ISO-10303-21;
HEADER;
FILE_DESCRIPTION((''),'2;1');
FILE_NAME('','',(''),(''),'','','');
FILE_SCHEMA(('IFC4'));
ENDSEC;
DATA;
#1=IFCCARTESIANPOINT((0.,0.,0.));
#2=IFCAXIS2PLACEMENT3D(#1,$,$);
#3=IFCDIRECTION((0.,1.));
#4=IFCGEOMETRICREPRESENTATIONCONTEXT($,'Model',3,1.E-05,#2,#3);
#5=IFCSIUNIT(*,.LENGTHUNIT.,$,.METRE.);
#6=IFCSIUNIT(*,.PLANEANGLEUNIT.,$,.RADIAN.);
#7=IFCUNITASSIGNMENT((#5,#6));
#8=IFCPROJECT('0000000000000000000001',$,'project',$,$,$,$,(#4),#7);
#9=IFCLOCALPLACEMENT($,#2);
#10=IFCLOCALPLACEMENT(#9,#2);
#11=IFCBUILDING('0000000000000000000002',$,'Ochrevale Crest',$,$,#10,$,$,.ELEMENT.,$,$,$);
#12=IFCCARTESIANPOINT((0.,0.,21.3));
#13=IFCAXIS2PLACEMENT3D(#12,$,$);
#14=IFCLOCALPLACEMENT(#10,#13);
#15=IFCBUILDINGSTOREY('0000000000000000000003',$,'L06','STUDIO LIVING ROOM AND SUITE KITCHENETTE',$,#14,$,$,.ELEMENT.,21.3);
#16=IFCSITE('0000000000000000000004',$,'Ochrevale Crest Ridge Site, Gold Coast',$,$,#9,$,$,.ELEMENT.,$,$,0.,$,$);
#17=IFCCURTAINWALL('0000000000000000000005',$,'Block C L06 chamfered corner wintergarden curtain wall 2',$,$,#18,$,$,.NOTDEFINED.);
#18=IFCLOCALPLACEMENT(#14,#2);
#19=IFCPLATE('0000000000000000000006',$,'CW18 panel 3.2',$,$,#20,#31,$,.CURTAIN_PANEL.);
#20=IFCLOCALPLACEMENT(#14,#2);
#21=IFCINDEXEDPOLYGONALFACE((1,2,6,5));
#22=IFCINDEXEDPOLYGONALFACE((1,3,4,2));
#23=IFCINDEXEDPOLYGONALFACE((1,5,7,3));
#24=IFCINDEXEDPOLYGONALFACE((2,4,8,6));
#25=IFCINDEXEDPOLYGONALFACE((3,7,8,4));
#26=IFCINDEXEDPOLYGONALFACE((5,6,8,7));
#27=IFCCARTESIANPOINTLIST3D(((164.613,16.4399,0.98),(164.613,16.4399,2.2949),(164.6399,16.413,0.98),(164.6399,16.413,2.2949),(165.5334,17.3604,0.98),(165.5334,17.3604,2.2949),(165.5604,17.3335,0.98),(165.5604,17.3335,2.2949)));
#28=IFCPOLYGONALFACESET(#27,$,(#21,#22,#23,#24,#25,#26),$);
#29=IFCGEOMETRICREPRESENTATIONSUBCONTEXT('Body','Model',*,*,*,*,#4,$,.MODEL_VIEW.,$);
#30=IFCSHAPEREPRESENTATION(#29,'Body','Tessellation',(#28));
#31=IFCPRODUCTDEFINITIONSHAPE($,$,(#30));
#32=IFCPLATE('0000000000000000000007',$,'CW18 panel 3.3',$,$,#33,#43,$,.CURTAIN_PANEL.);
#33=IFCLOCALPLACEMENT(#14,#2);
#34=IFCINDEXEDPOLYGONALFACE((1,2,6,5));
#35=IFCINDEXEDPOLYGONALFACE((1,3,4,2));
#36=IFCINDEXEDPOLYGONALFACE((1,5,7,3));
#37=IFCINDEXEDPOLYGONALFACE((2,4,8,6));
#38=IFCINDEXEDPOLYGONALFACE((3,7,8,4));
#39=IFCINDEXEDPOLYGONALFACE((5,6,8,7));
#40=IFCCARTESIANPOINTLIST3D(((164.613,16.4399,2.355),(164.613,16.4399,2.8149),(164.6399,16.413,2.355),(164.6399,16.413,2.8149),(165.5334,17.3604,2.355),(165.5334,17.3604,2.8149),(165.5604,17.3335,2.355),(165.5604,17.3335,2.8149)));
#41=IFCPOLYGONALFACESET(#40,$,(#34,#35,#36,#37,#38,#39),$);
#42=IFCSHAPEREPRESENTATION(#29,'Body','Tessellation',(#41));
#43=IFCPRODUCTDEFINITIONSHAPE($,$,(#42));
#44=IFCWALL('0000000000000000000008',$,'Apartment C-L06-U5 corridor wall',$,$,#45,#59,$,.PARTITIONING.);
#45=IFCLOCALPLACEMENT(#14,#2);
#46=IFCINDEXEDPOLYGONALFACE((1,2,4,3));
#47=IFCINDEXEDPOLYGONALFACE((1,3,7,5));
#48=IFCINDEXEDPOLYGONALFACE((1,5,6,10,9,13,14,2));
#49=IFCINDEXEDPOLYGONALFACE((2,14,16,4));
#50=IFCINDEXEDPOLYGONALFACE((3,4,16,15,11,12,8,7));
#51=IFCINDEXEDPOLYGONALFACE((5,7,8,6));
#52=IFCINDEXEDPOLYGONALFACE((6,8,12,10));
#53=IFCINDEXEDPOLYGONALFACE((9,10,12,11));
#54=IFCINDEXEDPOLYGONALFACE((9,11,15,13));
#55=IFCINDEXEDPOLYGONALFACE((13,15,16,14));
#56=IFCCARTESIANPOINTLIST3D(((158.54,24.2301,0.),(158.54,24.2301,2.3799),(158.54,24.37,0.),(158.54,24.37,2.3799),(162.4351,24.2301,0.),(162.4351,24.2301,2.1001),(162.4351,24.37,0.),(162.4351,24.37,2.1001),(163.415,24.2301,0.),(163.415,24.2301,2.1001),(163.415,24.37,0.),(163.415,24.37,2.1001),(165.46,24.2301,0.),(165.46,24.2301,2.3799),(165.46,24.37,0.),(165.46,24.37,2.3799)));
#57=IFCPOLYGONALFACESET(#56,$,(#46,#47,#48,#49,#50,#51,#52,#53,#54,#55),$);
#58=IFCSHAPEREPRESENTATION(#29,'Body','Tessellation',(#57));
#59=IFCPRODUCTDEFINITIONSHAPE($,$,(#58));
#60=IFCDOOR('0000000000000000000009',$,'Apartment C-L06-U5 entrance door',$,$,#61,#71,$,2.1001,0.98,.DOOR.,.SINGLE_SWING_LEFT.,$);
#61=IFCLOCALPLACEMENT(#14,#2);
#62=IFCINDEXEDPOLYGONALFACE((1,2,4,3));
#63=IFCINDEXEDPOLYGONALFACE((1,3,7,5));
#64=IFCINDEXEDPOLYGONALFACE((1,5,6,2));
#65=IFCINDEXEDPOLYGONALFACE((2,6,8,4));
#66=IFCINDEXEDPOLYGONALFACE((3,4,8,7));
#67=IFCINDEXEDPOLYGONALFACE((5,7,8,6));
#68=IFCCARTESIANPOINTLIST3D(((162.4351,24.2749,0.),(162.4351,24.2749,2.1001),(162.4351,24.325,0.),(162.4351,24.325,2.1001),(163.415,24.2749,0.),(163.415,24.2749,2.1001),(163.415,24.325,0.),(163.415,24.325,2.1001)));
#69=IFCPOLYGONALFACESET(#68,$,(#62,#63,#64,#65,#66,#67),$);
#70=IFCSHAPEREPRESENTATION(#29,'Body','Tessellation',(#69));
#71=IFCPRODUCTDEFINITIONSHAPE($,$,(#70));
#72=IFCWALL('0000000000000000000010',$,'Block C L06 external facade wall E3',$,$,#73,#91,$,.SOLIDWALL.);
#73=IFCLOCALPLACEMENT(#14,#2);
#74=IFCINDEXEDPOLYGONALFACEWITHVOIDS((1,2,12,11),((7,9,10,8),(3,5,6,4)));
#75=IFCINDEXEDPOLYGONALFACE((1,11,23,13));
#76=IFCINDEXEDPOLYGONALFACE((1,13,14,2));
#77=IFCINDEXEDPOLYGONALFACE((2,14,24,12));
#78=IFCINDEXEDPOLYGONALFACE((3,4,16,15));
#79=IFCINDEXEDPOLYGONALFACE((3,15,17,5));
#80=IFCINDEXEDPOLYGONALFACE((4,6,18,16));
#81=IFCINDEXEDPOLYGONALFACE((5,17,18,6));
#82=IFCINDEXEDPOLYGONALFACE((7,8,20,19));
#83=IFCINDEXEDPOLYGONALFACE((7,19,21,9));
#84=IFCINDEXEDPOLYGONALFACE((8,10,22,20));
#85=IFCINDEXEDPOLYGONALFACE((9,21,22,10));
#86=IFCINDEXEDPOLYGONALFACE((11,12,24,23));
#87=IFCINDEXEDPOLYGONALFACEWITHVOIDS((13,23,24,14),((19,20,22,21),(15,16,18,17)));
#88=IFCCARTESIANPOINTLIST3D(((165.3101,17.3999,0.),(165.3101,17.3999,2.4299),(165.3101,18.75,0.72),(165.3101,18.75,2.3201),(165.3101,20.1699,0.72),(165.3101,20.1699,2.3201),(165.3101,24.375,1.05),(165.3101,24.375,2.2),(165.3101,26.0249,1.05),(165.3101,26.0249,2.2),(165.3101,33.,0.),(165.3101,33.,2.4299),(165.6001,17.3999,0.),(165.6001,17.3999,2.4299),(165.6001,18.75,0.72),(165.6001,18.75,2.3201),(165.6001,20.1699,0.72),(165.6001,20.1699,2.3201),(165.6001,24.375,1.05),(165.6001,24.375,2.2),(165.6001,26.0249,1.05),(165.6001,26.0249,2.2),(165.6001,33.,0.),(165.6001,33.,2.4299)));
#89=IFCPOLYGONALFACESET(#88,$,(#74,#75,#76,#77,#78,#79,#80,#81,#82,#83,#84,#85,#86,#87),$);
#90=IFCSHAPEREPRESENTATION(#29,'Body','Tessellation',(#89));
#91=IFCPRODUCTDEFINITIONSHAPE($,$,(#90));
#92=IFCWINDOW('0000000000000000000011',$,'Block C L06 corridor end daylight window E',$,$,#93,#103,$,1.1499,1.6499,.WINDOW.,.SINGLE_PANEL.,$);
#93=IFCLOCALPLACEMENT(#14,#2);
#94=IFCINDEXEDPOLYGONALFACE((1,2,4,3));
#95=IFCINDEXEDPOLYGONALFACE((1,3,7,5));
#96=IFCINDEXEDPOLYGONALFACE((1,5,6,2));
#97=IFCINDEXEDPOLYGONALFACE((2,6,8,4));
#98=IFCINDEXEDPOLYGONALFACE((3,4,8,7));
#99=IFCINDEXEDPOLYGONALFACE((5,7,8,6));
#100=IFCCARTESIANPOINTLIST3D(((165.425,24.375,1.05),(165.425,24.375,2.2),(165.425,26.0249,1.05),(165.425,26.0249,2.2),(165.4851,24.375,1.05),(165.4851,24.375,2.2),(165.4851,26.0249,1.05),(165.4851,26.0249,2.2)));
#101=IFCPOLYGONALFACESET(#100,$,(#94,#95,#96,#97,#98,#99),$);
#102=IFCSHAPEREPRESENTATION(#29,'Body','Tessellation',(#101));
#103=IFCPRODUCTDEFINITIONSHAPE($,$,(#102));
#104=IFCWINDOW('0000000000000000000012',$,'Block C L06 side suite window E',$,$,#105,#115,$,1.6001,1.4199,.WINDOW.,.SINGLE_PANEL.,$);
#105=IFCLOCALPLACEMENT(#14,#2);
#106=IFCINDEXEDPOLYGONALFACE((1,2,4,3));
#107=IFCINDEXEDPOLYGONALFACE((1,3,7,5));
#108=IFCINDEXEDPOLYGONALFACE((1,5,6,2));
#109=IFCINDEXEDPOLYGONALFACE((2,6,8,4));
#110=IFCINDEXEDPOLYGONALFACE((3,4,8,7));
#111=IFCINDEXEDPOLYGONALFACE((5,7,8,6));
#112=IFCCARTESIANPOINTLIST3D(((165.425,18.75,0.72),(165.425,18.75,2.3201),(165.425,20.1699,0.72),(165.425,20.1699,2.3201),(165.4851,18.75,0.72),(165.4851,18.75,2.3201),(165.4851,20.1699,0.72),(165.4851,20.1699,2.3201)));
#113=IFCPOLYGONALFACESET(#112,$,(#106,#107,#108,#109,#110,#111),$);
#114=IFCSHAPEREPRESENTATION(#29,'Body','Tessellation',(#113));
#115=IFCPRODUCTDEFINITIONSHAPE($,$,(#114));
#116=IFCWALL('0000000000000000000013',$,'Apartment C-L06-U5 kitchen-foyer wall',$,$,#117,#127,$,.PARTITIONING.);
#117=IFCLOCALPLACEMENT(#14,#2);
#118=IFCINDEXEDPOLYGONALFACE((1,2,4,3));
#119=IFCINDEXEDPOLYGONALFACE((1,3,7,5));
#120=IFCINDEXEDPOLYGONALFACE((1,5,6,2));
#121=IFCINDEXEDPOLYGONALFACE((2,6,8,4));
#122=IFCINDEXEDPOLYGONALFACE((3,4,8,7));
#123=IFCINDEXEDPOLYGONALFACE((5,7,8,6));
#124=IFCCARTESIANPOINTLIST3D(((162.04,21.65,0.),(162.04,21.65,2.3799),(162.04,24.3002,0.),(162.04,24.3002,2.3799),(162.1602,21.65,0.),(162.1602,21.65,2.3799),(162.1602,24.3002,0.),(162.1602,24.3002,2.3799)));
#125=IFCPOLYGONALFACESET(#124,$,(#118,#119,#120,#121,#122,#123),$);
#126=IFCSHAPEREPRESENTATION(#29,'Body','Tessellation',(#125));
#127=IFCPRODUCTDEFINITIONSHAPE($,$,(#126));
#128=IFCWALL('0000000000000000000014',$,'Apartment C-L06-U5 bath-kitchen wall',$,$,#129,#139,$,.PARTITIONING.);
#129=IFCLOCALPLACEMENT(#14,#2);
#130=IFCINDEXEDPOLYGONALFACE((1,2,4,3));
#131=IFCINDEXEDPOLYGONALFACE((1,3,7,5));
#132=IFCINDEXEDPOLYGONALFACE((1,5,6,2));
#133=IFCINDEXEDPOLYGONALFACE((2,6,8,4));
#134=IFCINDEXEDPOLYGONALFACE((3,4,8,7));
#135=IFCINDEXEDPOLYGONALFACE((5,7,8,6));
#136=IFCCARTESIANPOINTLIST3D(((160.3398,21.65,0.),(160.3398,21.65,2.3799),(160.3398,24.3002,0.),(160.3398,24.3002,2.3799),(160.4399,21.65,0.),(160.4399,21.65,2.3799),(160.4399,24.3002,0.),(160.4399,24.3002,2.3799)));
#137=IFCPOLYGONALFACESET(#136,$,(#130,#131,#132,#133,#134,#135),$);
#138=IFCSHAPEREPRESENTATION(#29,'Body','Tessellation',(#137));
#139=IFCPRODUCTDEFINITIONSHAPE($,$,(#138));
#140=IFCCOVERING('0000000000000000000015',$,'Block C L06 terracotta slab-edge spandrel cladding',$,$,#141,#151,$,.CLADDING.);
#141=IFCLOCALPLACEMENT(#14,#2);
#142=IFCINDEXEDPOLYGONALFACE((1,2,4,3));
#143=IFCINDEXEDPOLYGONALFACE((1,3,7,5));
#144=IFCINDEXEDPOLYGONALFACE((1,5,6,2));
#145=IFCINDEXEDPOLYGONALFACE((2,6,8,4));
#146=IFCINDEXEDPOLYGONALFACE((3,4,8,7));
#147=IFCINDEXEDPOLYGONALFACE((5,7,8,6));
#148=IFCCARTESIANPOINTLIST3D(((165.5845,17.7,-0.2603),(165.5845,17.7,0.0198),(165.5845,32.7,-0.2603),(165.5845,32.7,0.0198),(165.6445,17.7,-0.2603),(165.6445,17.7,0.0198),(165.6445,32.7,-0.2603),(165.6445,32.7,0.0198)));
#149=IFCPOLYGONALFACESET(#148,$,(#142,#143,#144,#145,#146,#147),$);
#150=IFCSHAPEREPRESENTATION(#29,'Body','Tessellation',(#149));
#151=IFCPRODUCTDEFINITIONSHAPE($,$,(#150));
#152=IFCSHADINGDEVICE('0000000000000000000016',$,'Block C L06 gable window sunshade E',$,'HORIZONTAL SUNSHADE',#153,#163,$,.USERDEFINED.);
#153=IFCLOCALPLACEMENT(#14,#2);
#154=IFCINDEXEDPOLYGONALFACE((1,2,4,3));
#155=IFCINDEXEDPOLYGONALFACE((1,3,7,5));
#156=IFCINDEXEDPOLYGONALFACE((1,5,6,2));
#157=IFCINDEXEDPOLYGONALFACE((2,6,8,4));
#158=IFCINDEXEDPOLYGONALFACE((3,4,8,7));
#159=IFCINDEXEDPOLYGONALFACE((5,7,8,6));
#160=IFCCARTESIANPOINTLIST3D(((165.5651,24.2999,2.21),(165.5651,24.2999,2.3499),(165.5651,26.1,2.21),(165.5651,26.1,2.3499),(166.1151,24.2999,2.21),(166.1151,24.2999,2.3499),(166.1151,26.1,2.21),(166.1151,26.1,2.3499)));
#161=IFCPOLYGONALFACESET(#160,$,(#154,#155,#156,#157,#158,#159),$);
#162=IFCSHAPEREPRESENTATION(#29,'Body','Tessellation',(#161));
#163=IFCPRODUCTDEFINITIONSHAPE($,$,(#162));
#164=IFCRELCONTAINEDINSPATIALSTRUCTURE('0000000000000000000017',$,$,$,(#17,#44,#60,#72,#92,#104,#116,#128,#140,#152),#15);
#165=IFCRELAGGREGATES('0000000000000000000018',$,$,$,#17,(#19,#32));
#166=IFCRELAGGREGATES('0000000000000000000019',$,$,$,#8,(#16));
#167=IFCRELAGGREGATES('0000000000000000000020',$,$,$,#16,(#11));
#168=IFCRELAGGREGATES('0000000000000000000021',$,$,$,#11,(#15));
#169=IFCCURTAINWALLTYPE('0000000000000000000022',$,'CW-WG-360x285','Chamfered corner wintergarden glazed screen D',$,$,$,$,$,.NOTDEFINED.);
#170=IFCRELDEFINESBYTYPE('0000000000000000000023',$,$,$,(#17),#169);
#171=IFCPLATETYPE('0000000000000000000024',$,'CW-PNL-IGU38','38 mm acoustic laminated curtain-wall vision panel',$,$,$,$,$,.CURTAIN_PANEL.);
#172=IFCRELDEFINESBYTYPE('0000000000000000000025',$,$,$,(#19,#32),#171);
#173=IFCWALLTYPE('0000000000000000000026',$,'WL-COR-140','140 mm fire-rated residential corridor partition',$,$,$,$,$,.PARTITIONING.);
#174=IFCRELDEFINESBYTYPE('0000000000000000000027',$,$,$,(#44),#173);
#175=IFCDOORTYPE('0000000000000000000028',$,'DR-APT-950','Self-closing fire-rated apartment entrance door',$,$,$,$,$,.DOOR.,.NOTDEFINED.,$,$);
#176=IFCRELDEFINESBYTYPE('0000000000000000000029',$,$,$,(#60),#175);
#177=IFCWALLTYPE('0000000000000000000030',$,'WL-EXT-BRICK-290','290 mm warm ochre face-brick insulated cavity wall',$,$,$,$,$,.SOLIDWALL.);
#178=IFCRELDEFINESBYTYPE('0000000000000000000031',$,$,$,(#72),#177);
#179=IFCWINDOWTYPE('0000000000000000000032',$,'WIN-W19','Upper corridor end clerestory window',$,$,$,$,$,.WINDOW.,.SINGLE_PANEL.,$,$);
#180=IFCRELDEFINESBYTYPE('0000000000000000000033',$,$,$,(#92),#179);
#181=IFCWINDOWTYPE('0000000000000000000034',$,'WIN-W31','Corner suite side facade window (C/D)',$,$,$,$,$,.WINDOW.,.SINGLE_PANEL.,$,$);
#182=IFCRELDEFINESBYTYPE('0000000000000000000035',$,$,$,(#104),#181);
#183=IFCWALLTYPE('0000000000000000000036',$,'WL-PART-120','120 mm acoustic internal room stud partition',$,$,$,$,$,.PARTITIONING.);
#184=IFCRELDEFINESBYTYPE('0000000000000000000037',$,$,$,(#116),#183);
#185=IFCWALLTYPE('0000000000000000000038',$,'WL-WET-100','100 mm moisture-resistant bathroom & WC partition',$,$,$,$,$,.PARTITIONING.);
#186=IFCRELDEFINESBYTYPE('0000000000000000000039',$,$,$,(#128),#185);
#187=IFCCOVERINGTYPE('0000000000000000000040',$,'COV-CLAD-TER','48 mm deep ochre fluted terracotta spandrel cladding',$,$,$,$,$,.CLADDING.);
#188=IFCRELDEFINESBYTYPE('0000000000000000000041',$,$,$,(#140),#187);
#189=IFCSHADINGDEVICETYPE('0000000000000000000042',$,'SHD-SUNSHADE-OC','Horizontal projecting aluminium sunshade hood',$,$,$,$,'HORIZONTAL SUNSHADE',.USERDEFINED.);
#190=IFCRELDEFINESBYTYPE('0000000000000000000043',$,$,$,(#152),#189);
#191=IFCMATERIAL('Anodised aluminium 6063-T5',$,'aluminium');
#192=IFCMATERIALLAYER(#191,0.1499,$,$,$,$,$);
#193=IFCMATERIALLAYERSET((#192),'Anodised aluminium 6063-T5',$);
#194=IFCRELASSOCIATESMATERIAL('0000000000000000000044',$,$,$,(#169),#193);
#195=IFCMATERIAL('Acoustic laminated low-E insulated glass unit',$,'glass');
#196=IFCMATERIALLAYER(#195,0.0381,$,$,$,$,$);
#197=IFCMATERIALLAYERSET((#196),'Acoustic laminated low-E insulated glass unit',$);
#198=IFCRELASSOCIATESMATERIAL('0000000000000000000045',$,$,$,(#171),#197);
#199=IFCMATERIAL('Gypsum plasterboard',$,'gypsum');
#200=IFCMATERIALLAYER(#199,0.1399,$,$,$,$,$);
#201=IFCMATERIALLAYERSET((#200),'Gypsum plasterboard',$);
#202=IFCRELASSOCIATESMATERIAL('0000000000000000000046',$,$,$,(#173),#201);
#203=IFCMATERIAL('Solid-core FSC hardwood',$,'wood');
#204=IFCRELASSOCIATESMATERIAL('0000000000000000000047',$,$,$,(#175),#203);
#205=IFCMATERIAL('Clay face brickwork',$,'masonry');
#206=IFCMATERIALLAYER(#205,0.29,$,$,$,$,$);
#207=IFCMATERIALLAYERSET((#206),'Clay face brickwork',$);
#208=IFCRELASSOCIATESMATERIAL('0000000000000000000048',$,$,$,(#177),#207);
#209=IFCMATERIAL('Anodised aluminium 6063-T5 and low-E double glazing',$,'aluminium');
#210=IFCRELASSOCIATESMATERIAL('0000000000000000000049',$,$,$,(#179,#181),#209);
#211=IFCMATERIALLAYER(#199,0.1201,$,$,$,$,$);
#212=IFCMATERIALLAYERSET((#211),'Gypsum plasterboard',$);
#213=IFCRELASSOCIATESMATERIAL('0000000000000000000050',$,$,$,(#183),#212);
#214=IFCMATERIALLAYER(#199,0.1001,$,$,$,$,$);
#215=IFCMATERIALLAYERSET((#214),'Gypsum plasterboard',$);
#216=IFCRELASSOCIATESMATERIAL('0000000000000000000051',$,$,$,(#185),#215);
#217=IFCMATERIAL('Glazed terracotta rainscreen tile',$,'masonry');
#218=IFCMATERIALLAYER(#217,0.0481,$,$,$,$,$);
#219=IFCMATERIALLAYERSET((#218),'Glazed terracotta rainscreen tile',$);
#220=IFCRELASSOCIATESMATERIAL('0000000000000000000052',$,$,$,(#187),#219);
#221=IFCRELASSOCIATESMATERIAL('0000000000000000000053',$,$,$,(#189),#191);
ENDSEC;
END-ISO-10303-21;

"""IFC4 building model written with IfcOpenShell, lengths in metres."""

from ifc_helpers import new_model, si_unit, direction, frame, frame_2d, origin, origin_2d, place, context, subcontext, project, spatial, rectangle, extrude, material, layer, layer_set, type_object, element, fill, aggregate, save


model = new_model("IFC4")

# Units and contexts
model_context = context("Model", 3, precision=1e-05, world=origin(), true_north=direction((0.0, 1.0)))
body_context = subcontext(model_context, "Body", "Model", "MODEL_VIEW")
ifc_project = project(units=[si_unit("LENGTHUNIT", "METRE"), si_unit("PLANEANGLEUNIT", "RADIAN")], contexts=[model_context])

# Site, building, storey
site_placement = place(None, origin())
site = spatial("IfcSite", under=ifc_project, at=site_placement, Name="Ochrevale Crest Ridge Site, Gold Coast", CompositionType="ELEMENT", RefElevation=0.0)
building_placement = place(site_placement, origin())
building = spatial("IfcBuilding", under=site, at=building_placement, Name="Ochrevale Crest", CompositionType="ELEMENT")
storey_placement = place(building_placement, frame((0.0, 0.0, 21.3)))
storey = spatial("IfcBuildingStorey", under=building, at=storey_placement, Name="L06", Description="STUDIO LIVING ROOM AND SUITE KITCHENETTE", CompositionType="ELEMENT", Elevation=21.3)

# Curtain wall, plates
ifc_material_1 = material(Name="Anodised aluminium 6063-T5", Category="aluminium")
ifc_layer_1 = layer(ifc_material_1, 0.1499)
ifc_layer_set_1 = layer_set([ifc_layer_1], Name="Anodised aluminium 6063-T5")
curtain_wall_type = type_object("IfcCurtainWallType", Name="CW-WG-360x285", Description="Chamfered corner wintergarden glazed screen D", PredefinedType="NOTDEFINED", material=ifc_layer_set_1)
curtain_wall_placement = place(storey_placement, origin())
curtain_wall = element("IfcCurtainWall", 1, at=curtain_wall_placement, inside=storey, type_object=curtain_wall_type, Name="Block C L06 chamfered corner wintergarden curtain wall 2", PredefinedType="NOTDEFINED")
ifc_material_2 = material(Name="Acoustic laminated low-E insulated glass unit", Category="glass")
ifc_layer_2 = layer(ifc_material_2, 0.0381)
ifc_layer_set_2 = layer_set([ifc_layer_2], Name="Acoustic laminated low-E insulated glass unit")
plate_type = type_object("IfcPlateType", Name="CW-PNL-IGU38", Description="38 mm acoustic laminated curtain-wall vision panel", PredefinedType="CURTAIN_PANEL", material=ifc_layer_set_2)
plate_1_placement = place(storey_placement, frame((165.0867, 16.8867, 0.98), z_axis=(0.0, 0.0, 1.0), x_axis=(0.707107, 0.707107, 0.0)))
plate_1 = element("IfcPlate", 2, at=plate_1_placement, type_object=plate_type, Name="CW18 panel 3.2", PredefinedType="CURTAIN_PANEL", context=body_context, shape_type="SweptSolid", body=[
    extrude(rectangle(XDim=1.3018, YDim=0.0381, at=origin_2d()), origin(), (0.0, 0.0, 1.0), 1.3149),
])
plate_2_placement = place(storey_placement, frame((165.0867, 16.8867, 2.355), z_axis=(0.0, 0.0, 1.0), x_axis=(0.707107, 0.707107, 0.0)))
plate_2 = element("IfcPlate", 3, at=plate_2_placement, type_object=plate_type, Name="CW18 panel 3.3", PredefinedType="CURTAIN_PANEL", context=body_context, shape_type="SweptSolid", body=[
    extrude(rectangle(XDim=1.3018, YDim=0.0381, at=origin_2d()), origin(), (0.0, 0.0, 1.0), 0.46),
])
aggregate(curtain_wall, [plate_1, plate_2])

# Wall, opening, door
ifc_material_3 = material(Name="Gypsum plasterboard", Category="gypsum")
ifc_layer_3 = layer(ifc_material_3, 0.1399)
ifc_layer_set_3 = layer_set([ifc_layer_3], Name="Gypsum plasterboard")
wall_type_1 = type_object("IfcWallType", Name="WL-COR-140", Description="140 mm fire-rated residential corridor partition", PredefinedType="PARTITIONING", material=ifc_layer_set_3)
wall_1_placement = place(storey_placement, frame((158.54, 24.3, 0.0), z_axis=(0.0, 0.0, 1.0), x_axis=(1.0, 0.0, 0.0)))
wall_1 = element("IfcWall", 4, at=wall_1_placement, inside=storey, type_object=wall_type_1, Name="Apartment C-L06-U5 corridor wall", PredefinedType="PARTITIONING", context=body_context, shape_type="SweptSolid", body=[
    extrude(rectangle(XDim=6.9199, YDim=0.1399, at=frame_2d((3.46, 0.0))), origin(), (0.0, 0.0, 1.0), 2.3799),
])
opening_1_placement = place(wall_1_placement, frame((3.895, 0.0, 0.0)))
opening_1 = element("IfcOpeningElement", 5, at=opening_1_placement, cuts=wall_1, PredefinedType="OPENING", context=body_context, shape_type="SweptSolid", body=[
    extrude(rectangle(XDim=0.98, YDim=2.1001, at=frame_2d((0.49, 1.05))), frame((0.0, 0.0801, 0.0), z_axis=(0.0, -1.0, 0.0), x_axis=(1.0, 0.0, 0.0)), (0.0, 0.0, 1.0), 0.1599),
])
ifc_material_4 = material(Name="Solid-core FSC hardwood", Category="wood")
door_type = type_object("IfcDoorType", Name="DR-APT-950", Description="Self-closing fire-rated apartment entrance door", OperationType="NOTDEFINED", PredefinedType="DOOR", material=ifc_material_4)
door_placement = place(opening_1_placement, origin())
door = element("IfcDoor", 6, at=door_placement, inside=storey, type_object=door_type, Name="Apartment C-L06-U5 entrance door", OperationType="SINGLE_SWING_LEFT", OverallHeight=2.1001, OverallWidth=0.98, PredefinedType="DOOR", context=body_context, shape_type="SweptSolid", body=[
    extrude(rectangle(XDim=0.98, YDim=2.1001, at=frame_2d((0.49, 1.05))), frame((0.0, 0.0249, 0.0), z_axis=(0.0, -1.0, 0.0), x_axis=(1.0, 0.0, 0.0)), (0.0, 0.0, 1.0), 0.05),
])
fill(opening_1, door)

# Wall, openings, windows
ifc_material_5 = material(Name="Clay face brickwork", Category="masonry")
ifc_layer_4 = layer(ifc_material_5, 0.29)
ifc_layer_set_4 = layer_set([ifc_layer_4], Name="Clay face brickwork")
wall_type_2 = type_object("IfcWallType", Name="WL-EXT-BRICK-290", Description="290 mm warm ochre face-brick insulated cavity wall", PredefinedType="SOLIDWALL", material=ifc_layer_set_4)
wall_2_placement = place(storey_placement, frame((165.4551, 17.3999, 0.0), z_axis=(0.0, 0.0, 1.0), x_axis=(0.0, 1.0, 0.0)))
wall_2 = element("IfcWall", 7, at=wall_2_placement, inside=storey, type_object=wall_type_2, Name="Block C L06 external facade wall E3", PredefinedType="SOLIDWALL", context=body_context, shape_type="SweptSolid", body=[
    extrude(rectangle(XDim=15.6001, YDim=0.29, at=frame_2d((7.8, 0.0))), origin(), (0.0, 0.0, 1.0), 2.4299),
])
opening_2_placement = place(wall_2_placement, frame((6.9751, 0.0, 1.05)))
opening_2 = element("IfcOpeningElement", 8, at=opening_2_placement, cuts=wall_2, PredefinedType="OPENING", context=body_context, shape_type="SweptSolid", body=[
    extrude(rectangle(XDim=1.6499, YDim=1.1499, at=frame_2d((0.825, 0.575))), frame((0.0, 0.155, 0.0), z_axis=(0.0, -1.0, 0.0), x_axis=(1.0, 0.0, 0.0)), (0.0, 0.0, 1.0), 0.3101),
])
opening_3_placement = place(wall_2_placement, frame((1.3501, 0.0, 0.72)))
opening_3 = element("IfcOpeningElement", 9, at=opening_3_placement, cuts=wall_2, PredefinedType="OPENING", context=body_context, shape_type="SweptSolid", body=[
    extrude(rectangle(XDim=1.4199, YDim=1.6001, at=frame_2d((0.71, 0.8))), frame((0.0, 0.155, 0.0), z_axis=(0.0, -1.0, 0.0), x_axis=(1.0, 0.0, 0.0)), (0.0, 0.0, 1.0), 0.3101),
])
ifc_material_6 = material(Name="Anodised aluminium 6063-T5 and low-E double glazing", Category="aluminium")
window_type_1 = type_object("IfcWindowType", Name="WIN-W19", Description="Upper corridor end clerestory window", PartitioningType="SINGLE_PANEL", PredefinedType="WINDOW", material=ifc_material_6)
window_1_placement = place(opening_2_placement, origin())
window_1 = element("IfcWindow", 10, at=window_1_placement, inside=storey, type_object=window_type_1, Name="Block C L06 corridor end daylight window E", OverallHeight=1.1499, OverallWidth=1.6499, PartitioningType="SINGLE_PANEL", PredefinedType="WINDOW", context=body_context, shape_type="SweptSolid", body=[
    extrude(rectangle(XDim=1.6499, YDim=1.1499, at=frame_2d((0.825, 0.575))), frame((0.0, 0.03, 0.0), z_axis=(0.0, -1.0, 0.0), x_axis=(1.0, 0.0, 0.0)), (0.0, 0.0, 1.0), 0.0601),
])
fill(opening_2, window_1)
window_type_2 = type_object("IfcWindowType", Name="WIN-W31", Description="Corner suite side facade window (C/D)", PartitioningType="SINGLE_PANEL", PredefinedType="WINDOW", material=ifc_material_6)
window_2_placement = place(opening_3_placement, origin())
window_2 = element("IfcWindow", 11, at=window_2_placement, inside=storey, type_object=window_type_2, Name="Block C L06 side suite window E", OverallHeight=1.6001, OverallWidth=1.4199, PartitioningType="SINGLE_PANEL", PredefinedType="WINDOW", context=body_context, shape_type="SweptSolid", body=[
    extrude(rectangle(XDim=1.4199, YDim=1.6001, at=frame_2d((0.71, 0.8))), frame((0.0, 0.03, 0.0), z_axis=(0.0, -1.0, 0.0), x_axis=(1.0, 0.0, 0.0)), (0.0, 0.0, 1.0), 0.0601),
])
fill(opening_3, window_2)

# Walls
ifc_layer_5 = layer(ifc_material_3, 0.1201)
ifc_layer_set_5 = layer_set([ifc_layer_5], Name="Gypsum plasterboard")
wall_type_3 = type_object("IfcWallType", Name="WL-PART-120", Description="120 mm acoustic internal room stud partition", PredefinedType="PARTITIONING", material=ifc_layer_set_5)
wall_3_placement = place(storey_placement, frame((162.1001, 21.6499, 0.0), z_axis=(0.0, 0.0, 1.0), x_axis=(0.0, 1.0, 0.0)))
element("IfcWall", 12, at=wall_3_placement, inside=storey, type_object=wall_type_3, Name="Apartment C-L06-U5 kitchen-foyer wall", PredefinedType="PARTITIONING", context=body_context, shape_type="SweptSolid", body=[
    extrude(rectangle(XDim=2.6501, YDim=0.1201, at=frame_2d((1.3252, 0.0))), origin(), (0.0, 0.0, 1.0), 2.3799),
])
ifc_layer_6 = layer(ifc_material_3, 0.1001)
ifc_layer_set_6 = layer_set([ifc_layer_6], Name="Gypsum plasterboard")
wall_type_4 = type_object("IfcWallType", Name="WL-WET-100", Description="100 mm moisture-resistant bathroom & WC partition", PredefinedType="PARTITIONING", material=ifc_layer_set_6)
wall_4_placement = place(storey_placement, frame((160.3899, 21.6499, 0.0), z_axis=(0.0, 0.0, 1.0), x_axis=(0.0, 1.0, 0.0)))
element("IfcWall", 13, at=wall_4_placement, inside=storey, type_object=wall_type_4, Name="Apartment C-L06-U5 bath-kitchen wall", PredefinedType="PARTITIONING", context=body_context, shape_type="SweptSolid", body=[
    extrude(rectangle(XDim=2.6501, YDim=0.1001, at=frame_2d((1.3252, 0.0))), origin(), (0.0, 0.0, 1.0), 2.3799),
])

# Covering
ifc_material_7 = material(Name="Glazed terracotta rainscreen tile", Category="masonry")
ifc_layer_7 = layer(ifc_material_7, 0.0481)
ifc_layer_set_7 = layer_set([ifc_layer_7], Name="Glazed terracotta rainscreen tile")
covering_type = type_object("IfcCoveringType", Name="COV-CLAD-TER", Description="48 mm deep ochre fluted terracotta spandrel cladding", PredefinedType="CLADDING", material=ifc_layer_set_7)
covering_placement = place(storey_placement, frame((165.6145, 25.2, -0.2603), z_axis=(0.0, 0.0, 1.0), x_axis=(0.0, 1.0, 0.0)))
element("IfcCovering", 14, at=covering_placement, inside=storey, type_object=covering_type, Name="Block C L06 terracotta slab-edge spandrel cladding", PredefinedType="CLADDING", context=body_context, shape_type="SweptSolid", body=[
    extrude(rectangle(XDim=15.0, YDim=0.0601, at=origin_2d()), origin(), (0.0, 0.0, 1.0), 0.28),
])

# Shading device
shading_device_type = type_object("IfcShadingDeviceType", Name="SHD-SUNSHADE-OC", Description="Horizontal projecting aluminium sunshade hood", ElementType="HORIZONTAL SUNSHADE", PredefinedType="USERDEFINED", material=ifc_material_1)
shading_device_placement = place(storey_placement, frame((165.8401, 25.2, 2.21), z_axis=(0.0, 0.0, 1.0), x_axis=(1.0, 0.0, 0.0)))
element("IfcShadingDevice", 15, at=shading_device_placement, inside=storey, type_object=shading_device_type, Name="Block C L06 gable window sunshade E", ObjectType="HORIZONTAL SUNSHADE", PredefinedType="USERDEFINED", context=body_context, shape_type="SweptSolid", body=[
    extrude(rectangle(XDim=0.55, YDim=1.8, at=origin_2d()), origin(), (0.0, 0.0, 1.0), 0.1399),
])

save(model, "model.ifc")
